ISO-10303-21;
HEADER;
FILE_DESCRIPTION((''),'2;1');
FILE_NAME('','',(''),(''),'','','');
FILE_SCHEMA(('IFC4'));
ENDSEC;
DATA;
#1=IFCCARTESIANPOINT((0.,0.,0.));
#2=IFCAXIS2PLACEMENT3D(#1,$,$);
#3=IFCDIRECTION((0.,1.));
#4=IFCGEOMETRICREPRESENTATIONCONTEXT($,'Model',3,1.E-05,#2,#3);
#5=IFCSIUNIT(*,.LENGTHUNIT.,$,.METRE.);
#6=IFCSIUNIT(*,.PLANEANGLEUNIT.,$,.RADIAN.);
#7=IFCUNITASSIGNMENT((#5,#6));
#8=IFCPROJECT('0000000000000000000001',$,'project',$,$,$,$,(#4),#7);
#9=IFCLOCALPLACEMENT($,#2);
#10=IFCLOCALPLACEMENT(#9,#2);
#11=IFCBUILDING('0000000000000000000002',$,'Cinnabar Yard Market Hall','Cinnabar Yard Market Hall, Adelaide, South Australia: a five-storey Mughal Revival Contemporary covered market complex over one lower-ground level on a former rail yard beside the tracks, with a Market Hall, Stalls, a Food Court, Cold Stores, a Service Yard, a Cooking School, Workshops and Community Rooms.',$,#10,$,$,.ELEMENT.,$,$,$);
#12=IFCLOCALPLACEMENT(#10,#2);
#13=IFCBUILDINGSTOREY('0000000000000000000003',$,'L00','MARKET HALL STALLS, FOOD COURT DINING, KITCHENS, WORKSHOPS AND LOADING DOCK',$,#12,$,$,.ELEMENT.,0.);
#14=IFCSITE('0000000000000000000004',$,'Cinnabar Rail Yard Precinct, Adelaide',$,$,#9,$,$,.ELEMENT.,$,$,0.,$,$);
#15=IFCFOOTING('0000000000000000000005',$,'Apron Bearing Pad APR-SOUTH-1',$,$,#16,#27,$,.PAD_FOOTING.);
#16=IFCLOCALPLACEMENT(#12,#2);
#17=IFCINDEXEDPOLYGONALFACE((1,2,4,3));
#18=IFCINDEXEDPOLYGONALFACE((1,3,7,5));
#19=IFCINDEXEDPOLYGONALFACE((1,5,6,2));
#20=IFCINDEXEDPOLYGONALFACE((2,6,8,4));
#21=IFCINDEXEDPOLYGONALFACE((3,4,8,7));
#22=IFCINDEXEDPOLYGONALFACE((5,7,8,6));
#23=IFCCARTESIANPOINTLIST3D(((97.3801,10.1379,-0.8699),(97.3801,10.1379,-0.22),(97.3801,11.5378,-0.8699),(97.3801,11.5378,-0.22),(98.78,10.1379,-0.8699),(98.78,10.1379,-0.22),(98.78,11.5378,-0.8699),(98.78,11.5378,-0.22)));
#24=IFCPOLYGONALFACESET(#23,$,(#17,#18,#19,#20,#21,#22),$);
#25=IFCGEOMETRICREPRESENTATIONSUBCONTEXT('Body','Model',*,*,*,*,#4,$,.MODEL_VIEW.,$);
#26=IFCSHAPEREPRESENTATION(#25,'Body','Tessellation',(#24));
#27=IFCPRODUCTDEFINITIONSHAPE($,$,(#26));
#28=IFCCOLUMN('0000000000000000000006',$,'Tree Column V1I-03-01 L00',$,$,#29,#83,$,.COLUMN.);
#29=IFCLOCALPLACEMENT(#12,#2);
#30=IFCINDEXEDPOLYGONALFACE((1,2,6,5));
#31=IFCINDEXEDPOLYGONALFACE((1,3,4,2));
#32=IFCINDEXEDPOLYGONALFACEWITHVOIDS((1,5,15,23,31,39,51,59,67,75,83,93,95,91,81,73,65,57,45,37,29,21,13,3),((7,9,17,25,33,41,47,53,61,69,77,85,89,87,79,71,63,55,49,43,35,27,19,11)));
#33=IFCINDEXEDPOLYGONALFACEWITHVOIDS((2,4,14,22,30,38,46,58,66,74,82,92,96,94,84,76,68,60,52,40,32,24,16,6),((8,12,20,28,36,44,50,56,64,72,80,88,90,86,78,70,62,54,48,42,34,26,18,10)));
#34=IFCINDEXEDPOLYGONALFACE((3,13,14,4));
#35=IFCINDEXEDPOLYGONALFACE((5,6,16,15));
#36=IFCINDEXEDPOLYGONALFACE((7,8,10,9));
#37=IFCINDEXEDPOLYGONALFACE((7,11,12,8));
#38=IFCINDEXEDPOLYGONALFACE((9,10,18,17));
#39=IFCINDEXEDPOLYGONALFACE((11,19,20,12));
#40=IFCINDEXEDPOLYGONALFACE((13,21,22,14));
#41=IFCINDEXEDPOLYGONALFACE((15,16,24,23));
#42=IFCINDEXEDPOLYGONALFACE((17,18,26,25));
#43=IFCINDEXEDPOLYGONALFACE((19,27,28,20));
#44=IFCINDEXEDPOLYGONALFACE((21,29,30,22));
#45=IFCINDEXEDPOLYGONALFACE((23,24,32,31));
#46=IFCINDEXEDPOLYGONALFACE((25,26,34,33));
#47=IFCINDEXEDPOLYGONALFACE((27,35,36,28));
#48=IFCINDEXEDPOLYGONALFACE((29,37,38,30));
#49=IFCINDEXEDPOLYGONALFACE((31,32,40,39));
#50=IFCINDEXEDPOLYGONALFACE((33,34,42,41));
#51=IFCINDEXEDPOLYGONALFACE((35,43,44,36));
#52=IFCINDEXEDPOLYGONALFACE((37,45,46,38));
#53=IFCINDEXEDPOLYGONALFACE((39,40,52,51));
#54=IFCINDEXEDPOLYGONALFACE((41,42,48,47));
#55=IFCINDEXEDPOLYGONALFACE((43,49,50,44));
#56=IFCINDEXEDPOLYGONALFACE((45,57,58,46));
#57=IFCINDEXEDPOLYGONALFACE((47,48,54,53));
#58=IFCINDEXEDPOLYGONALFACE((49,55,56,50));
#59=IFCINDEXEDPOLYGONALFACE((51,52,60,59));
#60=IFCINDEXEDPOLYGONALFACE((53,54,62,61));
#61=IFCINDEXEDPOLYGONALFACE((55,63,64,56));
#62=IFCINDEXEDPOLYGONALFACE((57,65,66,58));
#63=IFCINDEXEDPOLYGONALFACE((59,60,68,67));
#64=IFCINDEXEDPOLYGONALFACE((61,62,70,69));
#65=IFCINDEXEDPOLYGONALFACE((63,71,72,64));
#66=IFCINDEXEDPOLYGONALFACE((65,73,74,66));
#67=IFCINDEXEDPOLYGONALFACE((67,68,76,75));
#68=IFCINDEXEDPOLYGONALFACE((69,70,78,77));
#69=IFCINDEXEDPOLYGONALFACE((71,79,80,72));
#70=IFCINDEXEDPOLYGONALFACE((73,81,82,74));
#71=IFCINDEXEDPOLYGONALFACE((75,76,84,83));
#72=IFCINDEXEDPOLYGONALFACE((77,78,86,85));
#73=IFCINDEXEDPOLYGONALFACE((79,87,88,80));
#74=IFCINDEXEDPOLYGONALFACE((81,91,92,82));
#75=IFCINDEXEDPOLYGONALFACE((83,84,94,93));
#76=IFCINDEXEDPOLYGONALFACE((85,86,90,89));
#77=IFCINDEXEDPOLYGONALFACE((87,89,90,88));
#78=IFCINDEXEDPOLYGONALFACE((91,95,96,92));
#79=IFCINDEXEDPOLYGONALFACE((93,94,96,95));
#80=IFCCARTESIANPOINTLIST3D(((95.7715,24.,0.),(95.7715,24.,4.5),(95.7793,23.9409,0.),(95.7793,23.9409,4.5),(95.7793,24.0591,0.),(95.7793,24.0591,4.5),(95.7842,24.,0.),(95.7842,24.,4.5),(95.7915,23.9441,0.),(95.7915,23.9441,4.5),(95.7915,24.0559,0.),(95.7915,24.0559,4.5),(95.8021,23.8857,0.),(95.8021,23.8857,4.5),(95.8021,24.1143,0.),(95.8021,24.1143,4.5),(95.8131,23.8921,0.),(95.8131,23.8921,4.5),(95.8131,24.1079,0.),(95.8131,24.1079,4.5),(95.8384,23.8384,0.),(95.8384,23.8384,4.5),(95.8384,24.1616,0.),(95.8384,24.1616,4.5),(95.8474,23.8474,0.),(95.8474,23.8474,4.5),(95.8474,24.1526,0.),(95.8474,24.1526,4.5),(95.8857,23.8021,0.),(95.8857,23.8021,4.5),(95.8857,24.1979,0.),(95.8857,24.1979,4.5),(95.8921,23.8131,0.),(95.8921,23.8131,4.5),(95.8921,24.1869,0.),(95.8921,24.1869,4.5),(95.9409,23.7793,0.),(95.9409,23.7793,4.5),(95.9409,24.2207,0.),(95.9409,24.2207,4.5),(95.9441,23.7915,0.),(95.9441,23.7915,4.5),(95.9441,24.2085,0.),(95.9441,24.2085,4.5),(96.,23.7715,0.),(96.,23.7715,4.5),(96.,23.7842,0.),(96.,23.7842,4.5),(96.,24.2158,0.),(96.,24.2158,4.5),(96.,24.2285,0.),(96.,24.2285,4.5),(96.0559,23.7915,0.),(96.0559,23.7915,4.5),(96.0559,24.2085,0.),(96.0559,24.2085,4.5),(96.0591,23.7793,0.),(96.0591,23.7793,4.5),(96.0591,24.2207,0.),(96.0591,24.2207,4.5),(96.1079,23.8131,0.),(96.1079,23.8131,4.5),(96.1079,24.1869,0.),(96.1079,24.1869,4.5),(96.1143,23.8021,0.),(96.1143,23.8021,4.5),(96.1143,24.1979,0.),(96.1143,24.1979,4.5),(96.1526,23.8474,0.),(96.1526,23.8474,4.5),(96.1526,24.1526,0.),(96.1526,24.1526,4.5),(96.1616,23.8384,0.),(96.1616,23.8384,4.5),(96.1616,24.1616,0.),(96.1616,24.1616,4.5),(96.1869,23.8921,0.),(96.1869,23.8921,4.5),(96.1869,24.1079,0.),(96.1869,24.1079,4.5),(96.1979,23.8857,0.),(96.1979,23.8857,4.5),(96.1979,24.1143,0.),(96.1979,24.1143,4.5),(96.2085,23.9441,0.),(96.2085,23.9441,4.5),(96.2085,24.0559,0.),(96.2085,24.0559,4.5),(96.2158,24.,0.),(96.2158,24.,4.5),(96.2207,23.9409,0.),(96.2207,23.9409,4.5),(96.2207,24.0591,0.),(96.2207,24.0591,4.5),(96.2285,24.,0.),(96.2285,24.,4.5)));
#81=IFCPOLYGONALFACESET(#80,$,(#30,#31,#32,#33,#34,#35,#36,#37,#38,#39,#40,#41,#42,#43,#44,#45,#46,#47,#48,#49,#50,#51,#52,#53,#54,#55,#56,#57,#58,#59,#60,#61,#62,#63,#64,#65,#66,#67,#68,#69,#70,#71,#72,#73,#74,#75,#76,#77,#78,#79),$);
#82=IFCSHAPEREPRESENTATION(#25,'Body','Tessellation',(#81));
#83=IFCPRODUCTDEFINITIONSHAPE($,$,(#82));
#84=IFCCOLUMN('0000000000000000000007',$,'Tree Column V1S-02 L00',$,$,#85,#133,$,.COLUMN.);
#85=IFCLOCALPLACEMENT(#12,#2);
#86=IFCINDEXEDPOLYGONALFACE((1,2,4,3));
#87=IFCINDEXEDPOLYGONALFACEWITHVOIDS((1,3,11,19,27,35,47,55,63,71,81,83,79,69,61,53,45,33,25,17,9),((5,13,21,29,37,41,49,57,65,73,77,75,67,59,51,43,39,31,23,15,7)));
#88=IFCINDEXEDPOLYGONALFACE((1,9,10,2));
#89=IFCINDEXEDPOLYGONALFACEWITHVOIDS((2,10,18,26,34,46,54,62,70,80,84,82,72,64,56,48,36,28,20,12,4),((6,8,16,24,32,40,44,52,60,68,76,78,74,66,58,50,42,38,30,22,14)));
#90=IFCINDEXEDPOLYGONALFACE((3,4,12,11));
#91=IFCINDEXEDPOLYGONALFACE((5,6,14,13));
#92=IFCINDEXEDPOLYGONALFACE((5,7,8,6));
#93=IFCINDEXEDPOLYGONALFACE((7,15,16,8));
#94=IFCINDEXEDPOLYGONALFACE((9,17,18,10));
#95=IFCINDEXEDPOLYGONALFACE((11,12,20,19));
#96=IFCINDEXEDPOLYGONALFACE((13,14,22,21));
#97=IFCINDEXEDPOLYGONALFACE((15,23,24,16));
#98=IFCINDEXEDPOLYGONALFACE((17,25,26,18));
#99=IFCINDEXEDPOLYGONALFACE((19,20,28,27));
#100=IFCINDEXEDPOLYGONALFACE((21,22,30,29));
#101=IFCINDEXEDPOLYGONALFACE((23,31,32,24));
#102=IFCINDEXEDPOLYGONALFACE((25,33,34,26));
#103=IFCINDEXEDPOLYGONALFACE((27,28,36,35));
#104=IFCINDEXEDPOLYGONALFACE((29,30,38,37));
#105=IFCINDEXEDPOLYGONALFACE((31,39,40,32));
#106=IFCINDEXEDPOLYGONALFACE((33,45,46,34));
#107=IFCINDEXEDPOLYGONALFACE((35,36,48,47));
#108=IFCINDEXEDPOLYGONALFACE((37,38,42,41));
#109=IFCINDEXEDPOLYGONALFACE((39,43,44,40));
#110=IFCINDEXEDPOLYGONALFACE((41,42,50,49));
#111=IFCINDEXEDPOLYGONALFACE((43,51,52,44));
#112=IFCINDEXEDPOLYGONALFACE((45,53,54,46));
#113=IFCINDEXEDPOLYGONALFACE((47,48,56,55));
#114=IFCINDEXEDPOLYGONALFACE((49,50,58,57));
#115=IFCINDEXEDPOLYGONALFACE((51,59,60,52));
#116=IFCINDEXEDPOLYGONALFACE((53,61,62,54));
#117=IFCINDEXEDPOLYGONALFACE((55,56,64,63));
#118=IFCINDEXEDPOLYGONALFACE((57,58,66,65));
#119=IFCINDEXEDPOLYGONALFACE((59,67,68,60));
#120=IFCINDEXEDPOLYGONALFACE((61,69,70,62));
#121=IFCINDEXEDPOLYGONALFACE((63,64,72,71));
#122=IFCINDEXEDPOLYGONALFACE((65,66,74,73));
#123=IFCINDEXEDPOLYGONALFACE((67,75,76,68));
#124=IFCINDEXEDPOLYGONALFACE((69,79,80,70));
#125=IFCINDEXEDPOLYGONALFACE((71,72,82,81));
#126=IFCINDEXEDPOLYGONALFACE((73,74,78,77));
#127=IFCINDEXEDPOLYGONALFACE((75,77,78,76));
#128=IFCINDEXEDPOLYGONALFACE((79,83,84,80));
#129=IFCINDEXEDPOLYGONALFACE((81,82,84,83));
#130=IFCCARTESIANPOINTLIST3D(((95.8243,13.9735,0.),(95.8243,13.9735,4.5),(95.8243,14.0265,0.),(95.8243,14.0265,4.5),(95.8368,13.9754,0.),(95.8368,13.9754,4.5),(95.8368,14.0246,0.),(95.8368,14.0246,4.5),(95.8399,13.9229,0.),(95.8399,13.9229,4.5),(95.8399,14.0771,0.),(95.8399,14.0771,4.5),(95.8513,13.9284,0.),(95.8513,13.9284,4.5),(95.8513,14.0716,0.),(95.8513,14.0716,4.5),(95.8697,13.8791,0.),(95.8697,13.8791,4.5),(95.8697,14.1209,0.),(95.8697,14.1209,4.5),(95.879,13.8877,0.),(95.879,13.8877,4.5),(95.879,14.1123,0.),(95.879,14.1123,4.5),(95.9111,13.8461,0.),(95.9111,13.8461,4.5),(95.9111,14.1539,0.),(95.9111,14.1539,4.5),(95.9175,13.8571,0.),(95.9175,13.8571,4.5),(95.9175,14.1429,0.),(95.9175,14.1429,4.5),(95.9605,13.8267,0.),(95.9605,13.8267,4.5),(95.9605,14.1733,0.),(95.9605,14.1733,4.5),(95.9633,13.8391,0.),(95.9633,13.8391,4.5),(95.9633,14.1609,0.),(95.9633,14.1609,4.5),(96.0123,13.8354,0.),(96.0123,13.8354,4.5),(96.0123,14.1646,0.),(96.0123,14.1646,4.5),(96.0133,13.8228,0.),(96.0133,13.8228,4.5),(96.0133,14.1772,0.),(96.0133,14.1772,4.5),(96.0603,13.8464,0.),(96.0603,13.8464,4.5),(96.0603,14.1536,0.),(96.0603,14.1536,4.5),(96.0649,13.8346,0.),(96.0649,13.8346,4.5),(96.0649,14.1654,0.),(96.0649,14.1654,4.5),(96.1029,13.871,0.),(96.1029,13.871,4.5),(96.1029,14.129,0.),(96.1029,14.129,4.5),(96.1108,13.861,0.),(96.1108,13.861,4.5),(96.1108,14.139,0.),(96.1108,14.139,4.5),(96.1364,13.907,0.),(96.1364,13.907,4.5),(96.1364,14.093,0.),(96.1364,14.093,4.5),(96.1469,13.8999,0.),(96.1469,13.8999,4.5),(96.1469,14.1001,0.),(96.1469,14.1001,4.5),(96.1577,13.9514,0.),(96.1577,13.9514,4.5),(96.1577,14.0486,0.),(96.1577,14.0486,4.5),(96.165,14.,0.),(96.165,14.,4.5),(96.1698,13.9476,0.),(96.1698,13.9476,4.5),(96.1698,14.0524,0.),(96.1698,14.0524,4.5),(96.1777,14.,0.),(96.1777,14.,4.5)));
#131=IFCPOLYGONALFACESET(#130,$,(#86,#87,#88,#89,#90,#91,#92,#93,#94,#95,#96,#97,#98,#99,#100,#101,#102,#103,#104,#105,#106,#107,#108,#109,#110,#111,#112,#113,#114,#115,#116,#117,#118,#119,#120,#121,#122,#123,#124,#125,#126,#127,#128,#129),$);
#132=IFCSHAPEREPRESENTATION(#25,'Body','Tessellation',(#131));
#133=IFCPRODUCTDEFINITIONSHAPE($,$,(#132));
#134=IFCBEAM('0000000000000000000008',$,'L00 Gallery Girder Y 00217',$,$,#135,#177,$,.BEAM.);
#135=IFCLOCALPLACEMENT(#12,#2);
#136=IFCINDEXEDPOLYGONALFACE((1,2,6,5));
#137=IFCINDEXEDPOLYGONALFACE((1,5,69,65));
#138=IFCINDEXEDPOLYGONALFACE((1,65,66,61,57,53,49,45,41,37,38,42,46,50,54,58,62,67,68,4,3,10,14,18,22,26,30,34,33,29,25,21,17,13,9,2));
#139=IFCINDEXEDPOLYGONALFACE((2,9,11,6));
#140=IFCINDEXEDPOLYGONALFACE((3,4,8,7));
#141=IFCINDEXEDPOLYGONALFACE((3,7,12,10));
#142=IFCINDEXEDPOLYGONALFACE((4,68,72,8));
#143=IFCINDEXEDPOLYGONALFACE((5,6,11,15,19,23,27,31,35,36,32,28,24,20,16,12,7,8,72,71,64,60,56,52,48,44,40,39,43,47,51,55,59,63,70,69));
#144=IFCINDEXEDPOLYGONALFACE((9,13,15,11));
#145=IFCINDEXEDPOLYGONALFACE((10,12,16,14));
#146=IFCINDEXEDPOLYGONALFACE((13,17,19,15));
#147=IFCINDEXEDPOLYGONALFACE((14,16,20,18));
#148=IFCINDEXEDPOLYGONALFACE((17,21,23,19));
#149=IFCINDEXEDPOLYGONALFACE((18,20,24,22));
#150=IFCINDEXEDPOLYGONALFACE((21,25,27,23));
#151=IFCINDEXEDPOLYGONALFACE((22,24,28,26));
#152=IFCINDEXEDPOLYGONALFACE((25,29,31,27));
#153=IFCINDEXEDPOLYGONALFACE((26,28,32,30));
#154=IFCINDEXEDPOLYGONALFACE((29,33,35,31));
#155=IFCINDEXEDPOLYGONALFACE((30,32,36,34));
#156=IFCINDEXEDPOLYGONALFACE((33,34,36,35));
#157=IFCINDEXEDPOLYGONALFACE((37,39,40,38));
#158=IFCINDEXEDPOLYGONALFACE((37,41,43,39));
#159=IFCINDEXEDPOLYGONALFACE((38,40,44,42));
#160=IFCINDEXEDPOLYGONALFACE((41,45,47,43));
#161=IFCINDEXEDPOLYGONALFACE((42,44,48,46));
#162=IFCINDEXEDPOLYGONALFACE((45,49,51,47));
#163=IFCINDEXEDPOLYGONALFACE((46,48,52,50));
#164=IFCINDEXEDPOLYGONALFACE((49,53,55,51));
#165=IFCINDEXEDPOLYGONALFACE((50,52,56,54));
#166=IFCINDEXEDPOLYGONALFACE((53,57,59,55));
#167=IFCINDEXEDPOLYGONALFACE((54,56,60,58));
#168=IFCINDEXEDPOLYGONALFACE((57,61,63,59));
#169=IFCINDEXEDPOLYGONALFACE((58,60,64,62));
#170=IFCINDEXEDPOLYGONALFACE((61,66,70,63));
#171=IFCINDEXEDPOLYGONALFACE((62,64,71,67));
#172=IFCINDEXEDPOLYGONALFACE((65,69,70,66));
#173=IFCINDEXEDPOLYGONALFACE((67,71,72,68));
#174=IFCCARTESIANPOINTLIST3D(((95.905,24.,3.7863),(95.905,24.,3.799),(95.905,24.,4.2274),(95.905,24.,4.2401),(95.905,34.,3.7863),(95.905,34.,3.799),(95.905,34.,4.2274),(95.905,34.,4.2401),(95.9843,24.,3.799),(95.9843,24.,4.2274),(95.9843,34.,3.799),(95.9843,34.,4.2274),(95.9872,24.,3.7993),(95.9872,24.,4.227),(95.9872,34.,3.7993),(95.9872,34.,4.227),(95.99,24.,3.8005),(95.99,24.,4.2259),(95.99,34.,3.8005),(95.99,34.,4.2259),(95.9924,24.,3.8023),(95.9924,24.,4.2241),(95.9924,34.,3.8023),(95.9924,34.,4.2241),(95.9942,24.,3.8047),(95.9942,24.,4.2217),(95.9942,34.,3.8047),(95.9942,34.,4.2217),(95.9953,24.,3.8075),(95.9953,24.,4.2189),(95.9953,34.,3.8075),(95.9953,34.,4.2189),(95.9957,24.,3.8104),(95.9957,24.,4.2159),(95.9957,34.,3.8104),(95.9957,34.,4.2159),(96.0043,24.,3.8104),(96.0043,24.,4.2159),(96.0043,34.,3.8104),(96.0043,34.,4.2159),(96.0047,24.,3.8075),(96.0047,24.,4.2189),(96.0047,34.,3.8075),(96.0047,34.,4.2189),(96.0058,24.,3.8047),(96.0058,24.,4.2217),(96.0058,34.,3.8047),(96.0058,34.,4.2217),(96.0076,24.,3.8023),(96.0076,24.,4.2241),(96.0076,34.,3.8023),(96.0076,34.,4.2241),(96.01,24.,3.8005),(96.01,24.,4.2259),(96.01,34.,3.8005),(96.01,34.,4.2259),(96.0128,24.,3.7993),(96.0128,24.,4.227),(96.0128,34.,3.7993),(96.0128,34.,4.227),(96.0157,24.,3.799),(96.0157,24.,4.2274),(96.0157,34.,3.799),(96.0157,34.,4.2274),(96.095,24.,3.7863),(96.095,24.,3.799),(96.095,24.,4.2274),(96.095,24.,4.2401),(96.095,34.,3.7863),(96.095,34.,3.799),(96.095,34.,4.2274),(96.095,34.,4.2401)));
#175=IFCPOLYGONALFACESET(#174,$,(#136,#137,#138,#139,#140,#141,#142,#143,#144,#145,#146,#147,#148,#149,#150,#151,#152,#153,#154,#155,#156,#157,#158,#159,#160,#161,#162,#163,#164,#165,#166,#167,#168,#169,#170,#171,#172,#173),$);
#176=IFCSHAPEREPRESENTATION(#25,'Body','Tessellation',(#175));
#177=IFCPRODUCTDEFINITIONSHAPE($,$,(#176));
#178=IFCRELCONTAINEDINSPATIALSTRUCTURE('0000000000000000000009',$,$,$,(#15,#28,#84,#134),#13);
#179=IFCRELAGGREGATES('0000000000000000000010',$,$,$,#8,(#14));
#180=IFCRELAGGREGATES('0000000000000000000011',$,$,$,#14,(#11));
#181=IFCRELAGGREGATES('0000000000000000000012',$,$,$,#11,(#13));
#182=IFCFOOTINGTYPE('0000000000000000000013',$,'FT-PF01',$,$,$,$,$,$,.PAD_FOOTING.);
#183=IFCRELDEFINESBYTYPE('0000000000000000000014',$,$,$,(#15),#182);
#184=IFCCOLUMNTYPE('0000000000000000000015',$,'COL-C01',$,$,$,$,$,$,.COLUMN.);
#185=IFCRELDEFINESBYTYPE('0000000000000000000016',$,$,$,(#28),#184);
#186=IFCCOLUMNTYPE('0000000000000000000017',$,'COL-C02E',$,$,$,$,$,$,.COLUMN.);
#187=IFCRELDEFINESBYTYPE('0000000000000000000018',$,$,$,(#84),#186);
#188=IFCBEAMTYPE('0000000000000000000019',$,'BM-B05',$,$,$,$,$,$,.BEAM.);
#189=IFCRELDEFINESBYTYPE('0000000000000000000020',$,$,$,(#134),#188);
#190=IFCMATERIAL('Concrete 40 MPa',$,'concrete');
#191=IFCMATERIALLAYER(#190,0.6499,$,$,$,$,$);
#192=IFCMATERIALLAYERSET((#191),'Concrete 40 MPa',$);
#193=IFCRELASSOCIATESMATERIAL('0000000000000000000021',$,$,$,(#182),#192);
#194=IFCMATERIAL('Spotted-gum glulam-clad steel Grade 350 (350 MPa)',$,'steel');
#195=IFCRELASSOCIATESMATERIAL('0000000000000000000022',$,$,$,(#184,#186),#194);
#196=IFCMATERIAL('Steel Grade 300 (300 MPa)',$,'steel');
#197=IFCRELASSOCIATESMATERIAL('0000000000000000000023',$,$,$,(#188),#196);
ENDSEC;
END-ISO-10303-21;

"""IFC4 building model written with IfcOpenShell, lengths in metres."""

from ifc_helpers import new_model, si_unit, direction, frame, origin, origin_2d_with_axis, place, context, subcontext, project, spatial, rectangle, hollow_circle, i_section, extrude, material, layer, layer_set, material_profile, profile_set, type_object, element, save


model = new_model("IFC4")

# Units and contexts
model_context = context("Model", 3, precision=1e-05, world=origin(), true_north=direction((0.0, 1.0)))
body_context = subcontext(model_context, "Body", "Model", "MODEL_VIEW")
ifc_project = project(units=[si_unit("LENGTHUNIT", "METRE"), si_unit("PLANEANGLEUNIT", "RADIAN")], contexts=[model_context])

# Site, building, storey
site_placement = place(None, origin())
site = spatial("IfcSite", under=ifc_project, at=site_placement, Name="Cinnabar Rail Yard Precinct, Adelaide", CompositionType="ELEMENT", RefElevation=0.0)
building_placement = place(site_placement, origin())
building = spatial("IfcBuilding", under=site, at=building_placement, Name="Cinnabar Yard Market Hall", Description="Cinnabar Yard Market Hall, Adelaide, South Australia: a five-storey Mughal Revival Contemporary covered market complex over one lower-ground level on a former rail yard beside the tracks, with a Market Hall, Stalls, a Food Court, Cold Stores, a Service Yard, a Cooking School, Workshops and Community Rooms.", CompositionType="ELEMENT")
storey_placement = place(building_placement, origin())
storey = spatial("IfcBuildingStorey", under=building, at=storey_placement, Name="L00", Description="MARKET HALL STALLS, FOOD COURT DINING, KITCHENS, WORKSHOPS AND LOADING DOCK", CompositionType="ELEMENT", Elevation=0.0)

# Footing
ifc_material_1 = material(Name="Concrete 40 MPa", Category="concrete")
ifc_layer_1 = layer(ifc_material_1, 0.6499)
ifc_layer_set_1 = layer_set([ifc_layer_1], Name="Concrete 40 MPa")
footing_type = type_object("IfcFootingType", Name="FT-PF01", PredefinedType="PAD_FOOTING", material=ifc_layer_set_1)
footing_placement = place(storey_placement, frame((98.0801, 10.8379, -0.8699), z_axis=(0.0, 0.0, 1.0), x_axis=(1.0, 0.0, 0.0)))
element("IfcFooting", 1, at=footing_placement, inside=storey, type_object=footing_type, Name="Apron Bearing Pad APR-SOUTH-1", PredefinedType="PAD_FOOTING", context=body_context, shape_type="SweptSolid", body=[
    extrude(rectangle(XDim=1.3999, YDim=1.3999, at=origin_2d_with_axis()), origin(), (0.0, 0.0, 1.0), 0.6499),
])

# Columns
ifc_material_2 = material(Name="Spotted-gum glulam-clad steel Grade 350 (350 MPa)", Category="steel")
ifc_material_profile_1 = material_profile(ifc_material_2, hollow_circle(Radius=0.2285, WallThickness=0.0127, at=origin_2d_with_axis()), Name="457.0x12.7CHS")
ifc_profile_set_1 = profile_set([ifc_material_profile_1], Name="Spotted-gum glulam-clad steel Grade 350 (350 MPa)")
column_type_1 = type_object("IfcColumnType", Name="COL-C01", PredefinedType="COLUMN", material=ifc_profile_set_1)
column_1_placement = place(storey_placement, frame((96.0, 24.0, 0.0), z_axis=(0.0, 0.0, 1.0), x_axis=(1.0, 0.0, 0.0)))
element("IfcColumn", 2, at=column_1_placement, inside=storey, type_object=column_type_1, Name="Tree Column V1I-03-01 L00", PredefinedType="COLUMN", context=body_context, shape_type="SweptSolid", body=[
    extrude(hollow_circle(Radius=0.2285, WallThickness=0.0127, at=origin_2d_with_axis()), origin(), (0.0, 0.0, 1.0), 4.5),
])
ifc_material_profile_2 = material_profile(ifc_material_2, hollow_circle(Radius=0.1777, WallThickness=0.0127, at=origin_2d_with_axis()), Name="355.6x12.7CHS")
ifc_profile_set_2 = profile_set([ifc_material_profile_2], Name="Spotted-gum glulam-clad steel Grade 350 (350 MPa)")
column_type_2 = type_object("IfcColumnType", Name="COL-C02E", PredefinedType="COLUMN", material=ifc_profile_set_2)
column_2_placement = place(storey_placement, frame((96.0, 14.0, 0.0), z_axis=(0.0, 0.0, 1.0), x_axis=(1.0, 0.0, 0.0)))
element("IfcColumn", 3, at=column_2_placement, inside=storey, type_object=column_type_2, Name="Tree Column V1S-02 L00", PredefinedType="COLUMN", context=body_context, shape_type="SweptSolid", body=[
    extrude(hollow_circle(Radius=0.1777, WallThickness=0.0127, at=origin_2d_with_axis()), origin(), (0.0, 0.0, 1.0), 4.5),
])

# Beam
ifc_material_3 = material(Name="Steel Grade 300 (300 MPa)", Category="steel")
ifc_material_profile_3 = material_profile(ifc_material_3, i_section(OverallWidth=0.1899, OverallDepth=0.4539, WebThickness=0.0085, FlangeThickness=0.0127, FilletRadius=0.0115, at=origin_2d_with_axis()), Name="460UB67.1")
ifc_profile_set_3 = profile_set([ifc_material_profile_3], Name="Steel Grade 300 (300 MPa)")
beam_type_1 = type_object("IfcBeamType", Name="BM-B05", PredefinedType="BEAM", material=ifc_profile_set_3)
beam_1_placement = place(storey_placement, frame((96.0, 24.0, 4.0132), z_axis=(0.0, 1.0, 0.0), x_axis=(-1.0, 0.0, 0.0)))
element("IfcBeam", 4, at=beam_1_placement, inside=storey, type_object=beam_type_1, Name="L00 Gallery Girder Y 00217", PredefinedType="BEAM", context=body_context, shape_type="SweptSolid", body=[
    extrude(i_section(OverallWidth=0.1899, OverallDepth=0.4539, WebThickness=0.0085, FlangeThickness=0.0127, FilletRadius=0.0115, at=origin_2d_with_axis()), origin(), (0.0, 0.0, 1.0), 10.0),
])

save(model, "model.ifc")
